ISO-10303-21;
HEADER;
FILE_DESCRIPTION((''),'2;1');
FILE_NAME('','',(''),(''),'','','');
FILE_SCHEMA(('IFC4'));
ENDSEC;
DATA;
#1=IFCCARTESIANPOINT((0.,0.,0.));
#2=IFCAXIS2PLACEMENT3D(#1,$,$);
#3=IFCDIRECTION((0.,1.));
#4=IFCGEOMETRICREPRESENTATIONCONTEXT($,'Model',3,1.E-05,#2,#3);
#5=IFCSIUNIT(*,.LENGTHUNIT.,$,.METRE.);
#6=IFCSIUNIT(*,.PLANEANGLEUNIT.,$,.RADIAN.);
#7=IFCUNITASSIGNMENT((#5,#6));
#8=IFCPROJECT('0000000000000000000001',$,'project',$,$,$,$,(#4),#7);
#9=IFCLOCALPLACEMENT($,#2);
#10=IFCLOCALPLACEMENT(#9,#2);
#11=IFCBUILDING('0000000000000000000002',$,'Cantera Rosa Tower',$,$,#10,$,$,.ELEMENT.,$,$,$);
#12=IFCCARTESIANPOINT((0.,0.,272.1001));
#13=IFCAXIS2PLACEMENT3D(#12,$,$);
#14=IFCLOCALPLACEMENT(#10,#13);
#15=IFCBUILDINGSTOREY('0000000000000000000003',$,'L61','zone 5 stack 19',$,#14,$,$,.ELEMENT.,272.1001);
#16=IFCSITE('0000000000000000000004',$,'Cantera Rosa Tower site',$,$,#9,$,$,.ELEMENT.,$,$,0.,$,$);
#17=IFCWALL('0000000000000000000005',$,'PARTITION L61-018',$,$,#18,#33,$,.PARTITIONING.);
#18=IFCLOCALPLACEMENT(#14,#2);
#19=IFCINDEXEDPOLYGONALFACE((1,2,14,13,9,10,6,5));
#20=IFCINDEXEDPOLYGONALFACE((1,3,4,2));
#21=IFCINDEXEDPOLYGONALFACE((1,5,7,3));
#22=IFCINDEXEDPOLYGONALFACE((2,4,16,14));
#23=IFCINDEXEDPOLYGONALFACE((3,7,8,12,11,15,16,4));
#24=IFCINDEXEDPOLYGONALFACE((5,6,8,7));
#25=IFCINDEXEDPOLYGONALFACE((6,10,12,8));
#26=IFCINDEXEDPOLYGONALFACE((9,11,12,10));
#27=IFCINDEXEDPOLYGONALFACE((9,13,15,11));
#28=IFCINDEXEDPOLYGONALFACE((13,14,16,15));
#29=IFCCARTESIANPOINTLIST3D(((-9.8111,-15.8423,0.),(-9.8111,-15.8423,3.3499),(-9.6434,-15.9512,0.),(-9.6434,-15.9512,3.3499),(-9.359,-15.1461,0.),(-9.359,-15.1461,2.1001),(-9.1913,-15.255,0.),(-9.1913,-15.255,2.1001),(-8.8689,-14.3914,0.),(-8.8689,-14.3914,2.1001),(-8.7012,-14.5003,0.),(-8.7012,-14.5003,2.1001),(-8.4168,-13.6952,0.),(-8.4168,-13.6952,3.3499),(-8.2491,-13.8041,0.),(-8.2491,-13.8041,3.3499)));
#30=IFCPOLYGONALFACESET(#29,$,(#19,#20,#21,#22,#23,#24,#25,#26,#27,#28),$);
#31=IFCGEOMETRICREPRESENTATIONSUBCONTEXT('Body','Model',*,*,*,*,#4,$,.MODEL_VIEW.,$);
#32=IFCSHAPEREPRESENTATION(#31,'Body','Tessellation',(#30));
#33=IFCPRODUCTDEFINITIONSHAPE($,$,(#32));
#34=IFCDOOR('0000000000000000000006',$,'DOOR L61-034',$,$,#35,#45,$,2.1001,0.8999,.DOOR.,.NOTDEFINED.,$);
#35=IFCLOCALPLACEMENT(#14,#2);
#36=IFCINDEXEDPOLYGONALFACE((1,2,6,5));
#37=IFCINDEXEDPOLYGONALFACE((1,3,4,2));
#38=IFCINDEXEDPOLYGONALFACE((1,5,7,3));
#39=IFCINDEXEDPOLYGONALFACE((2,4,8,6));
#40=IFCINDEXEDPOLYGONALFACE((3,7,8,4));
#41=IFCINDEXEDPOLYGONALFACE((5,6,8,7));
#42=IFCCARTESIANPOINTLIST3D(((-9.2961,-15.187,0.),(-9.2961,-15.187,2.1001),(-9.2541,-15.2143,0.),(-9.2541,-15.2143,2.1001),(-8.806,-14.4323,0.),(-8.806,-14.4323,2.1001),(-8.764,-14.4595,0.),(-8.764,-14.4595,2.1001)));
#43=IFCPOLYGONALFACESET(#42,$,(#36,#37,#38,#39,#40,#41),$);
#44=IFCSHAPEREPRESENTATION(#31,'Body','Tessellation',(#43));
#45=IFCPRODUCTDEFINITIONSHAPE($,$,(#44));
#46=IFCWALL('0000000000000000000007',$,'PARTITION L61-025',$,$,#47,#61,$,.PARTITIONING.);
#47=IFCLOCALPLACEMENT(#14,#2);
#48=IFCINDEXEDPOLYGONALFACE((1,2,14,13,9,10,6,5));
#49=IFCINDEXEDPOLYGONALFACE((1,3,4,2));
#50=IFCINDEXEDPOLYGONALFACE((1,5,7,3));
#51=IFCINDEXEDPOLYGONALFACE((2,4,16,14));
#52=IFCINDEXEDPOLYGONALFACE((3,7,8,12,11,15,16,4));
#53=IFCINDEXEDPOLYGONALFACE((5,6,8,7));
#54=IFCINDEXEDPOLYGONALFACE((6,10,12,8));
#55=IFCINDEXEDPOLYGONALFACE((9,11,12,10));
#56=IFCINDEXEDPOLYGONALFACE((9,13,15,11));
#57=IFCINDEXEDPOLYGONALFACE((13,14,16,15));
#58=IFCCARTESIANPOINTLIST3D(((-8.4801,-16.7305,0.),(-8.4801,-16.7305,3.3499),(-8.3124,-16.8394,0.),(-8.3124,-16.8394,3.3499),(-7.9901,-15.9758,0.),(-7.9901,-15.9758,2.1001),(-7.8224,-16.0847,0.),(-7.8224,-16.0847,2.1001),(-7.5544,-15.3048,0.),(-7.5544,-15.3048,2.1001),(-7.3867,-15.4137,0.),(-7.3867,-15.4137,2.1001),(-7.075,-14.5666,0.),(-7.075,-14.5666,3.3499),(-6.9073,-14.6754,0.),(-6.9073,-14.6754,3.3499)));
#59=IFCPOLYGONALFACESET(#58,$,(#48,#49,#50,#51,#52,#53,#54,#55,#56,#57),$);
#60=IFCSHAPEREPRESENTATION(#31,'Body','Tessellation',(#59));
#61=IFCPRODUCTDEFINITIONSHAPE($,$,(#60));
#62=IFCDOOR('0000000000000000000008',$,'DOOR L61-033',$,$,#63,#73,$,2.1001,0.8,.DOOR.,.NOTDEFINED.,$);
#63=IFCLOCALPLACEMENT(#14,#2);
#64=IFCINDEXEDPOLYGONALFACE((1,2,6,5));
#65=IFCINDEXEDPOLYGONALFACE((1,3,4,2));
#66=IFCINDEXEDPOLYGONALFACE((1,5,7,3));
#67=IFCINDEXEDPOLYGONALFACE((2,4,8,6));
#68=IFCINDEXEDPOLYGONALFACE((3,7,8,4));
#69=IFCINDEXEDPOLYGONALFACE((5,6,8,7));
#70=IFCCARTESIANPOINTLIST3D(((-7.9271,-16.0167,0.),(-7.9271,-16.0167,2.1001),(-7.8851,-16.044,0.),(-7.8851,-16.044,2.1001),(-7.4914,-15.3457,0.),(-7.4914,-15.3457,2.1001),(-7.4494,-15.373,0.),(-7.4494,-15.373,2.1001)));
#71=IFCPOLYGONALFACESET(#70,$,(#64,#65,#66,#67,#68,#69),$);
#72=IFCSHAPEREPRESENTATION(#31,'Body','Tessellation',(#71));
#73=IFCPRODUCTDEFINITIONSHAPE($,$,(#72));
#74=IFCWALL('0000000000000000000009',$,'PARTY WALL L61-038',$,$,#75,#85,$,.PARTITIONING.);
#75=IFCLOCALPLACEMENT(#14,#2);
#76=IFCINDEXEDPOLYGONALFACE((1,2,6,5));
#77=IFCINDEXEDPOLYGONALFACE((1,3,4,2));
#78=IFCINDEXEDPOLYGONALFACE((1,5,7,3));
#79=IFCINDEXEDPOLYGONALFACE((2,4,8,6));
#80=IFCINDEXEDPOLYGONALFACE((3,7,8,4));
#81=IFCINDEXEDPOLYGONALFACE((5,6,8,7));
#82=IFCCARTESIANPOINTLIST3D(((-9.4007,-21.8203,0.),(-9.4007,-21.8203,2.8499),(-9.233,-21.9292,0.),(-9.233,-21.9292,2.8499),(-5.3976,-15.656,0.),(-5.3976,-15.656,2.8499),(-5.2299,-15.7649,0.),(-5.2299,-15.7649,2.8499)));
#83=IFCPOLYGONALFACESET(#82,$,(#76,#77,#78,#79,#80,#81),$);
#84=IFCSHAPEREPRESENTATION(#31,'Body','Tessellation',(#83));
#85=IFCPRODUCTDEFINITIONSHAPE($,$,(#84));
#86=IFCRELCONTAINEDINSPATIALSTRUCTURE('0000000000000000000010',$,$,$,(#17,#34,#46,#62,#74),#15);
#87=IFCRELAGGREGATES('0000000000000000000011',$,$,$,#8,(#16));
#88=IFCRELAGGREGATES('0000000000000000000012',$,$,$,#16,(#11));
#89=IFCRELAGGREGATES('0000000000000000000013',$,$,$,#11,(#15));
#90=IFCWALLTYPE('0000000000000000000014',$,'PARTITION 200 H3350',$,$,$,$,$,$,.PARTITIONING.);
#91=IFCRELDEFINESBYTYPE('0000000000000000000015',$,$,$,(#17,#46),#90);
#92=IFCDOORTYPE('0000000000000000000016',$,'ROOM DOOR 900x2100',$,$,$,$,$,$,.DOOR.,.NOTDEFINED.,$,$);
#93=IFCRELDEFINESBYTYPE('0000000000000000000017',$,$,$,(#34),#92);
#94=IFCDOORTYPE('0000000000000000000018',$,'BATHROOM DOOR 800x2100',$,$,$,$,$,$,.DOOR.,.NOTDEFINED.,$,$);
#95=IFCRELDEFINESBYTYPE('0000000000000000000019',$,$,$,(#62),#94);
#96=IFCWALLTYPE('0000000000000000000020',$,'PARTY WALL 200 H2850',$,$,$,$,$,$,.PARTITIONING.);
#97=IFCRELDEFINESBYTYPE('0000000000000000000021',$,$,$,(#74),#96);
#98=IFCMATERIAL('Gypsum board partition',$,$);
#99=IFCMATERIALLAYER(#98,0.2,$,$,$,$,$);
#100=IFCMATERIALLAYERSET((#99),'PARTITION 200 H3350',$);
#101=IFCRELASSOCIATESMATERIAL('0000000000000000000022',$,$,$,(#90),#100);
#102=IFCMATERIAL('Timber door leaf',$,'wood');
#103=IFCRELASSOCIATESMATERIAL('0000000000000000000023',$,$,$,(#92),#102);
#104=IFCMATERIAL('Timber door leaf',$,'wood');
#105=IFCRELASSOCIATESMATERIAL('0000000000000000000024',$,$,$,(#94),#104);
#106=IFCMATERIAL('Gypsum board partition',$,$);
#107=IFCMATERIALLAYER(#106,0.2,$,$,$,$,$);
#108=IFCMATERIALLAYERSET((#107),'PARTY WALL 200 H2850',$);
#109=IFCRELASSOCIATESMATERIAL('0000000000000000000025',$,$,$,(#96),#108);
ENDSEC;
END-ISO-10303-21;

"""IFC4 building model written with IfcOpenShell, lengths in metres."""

from ifc_helpers import new_model, si_unit, direction, frame, frame_2d, origin, place, context, subcontext, project, spatial, rectangle, extrude, material, layer, layer_set, type_object, element, fill, save


model = new_model("IFC4")

# Units and contexts
model_context = context("Model", 3, precision=1e-05, world=origin(), true_north=direction((0.0, 1.0)))
body_context = subcontext(model_context, "Body", "Model", "MODEL_VIEW")
ifc_project = project(units=[si_unit("LENGTHUNIT", "METRE"), si_unit("PLANEANGLEUNIT", "RADIAN")], contexts=[model_context])

# Site, building, storey
site_placement = place(None, origin())
site = spatial("IfcSite", under=ifc_project, at=site_placement, Name="Cantera Rosa Tower site", CompositionType="ELEMENT", RefElevation=0.0)
building_placement = place(site_placement, origin())
building = spatial("IfcBuilding", under=site, at=building_placement, Name="Cantera Rosa Tower", CompositionType="ELEMENT")
storey_placement = place(building_placement, frame((0.0, 0.0, 272.1001)))
storey = spatial("IfcBuildingStorey", under=building, at=storey_placement, Name="L61", Description="zone 5 stack 19", CompositionType="ELEMENT", Elevation=272.1001)

# Walls, openings, doors
ifc_material_1 = material(Name="Gypsum board partition")
ifc_layer_1 = layer(ifc_material_1, 0.2)
ifc_layer_set_1 = layer_set([ifc_layer_1], Name="PARTITION 200 H3350")
wall_type_1 = type_object("IfcWallType", Name="PARTITION 200 H3350", PredefinedType="PARTITIONING", material=ifc_layer_set_1)
wall_1_placement = place(storey_placement, frame((-9.7273, -15.8967, 0.0), z_axis=(0.0, 0.0, 1.0), x_axis=(0.544646, 0.838666, 0.0)))
wall_1 = element("IfcWall", 1, at=wall_1_placement, inside=storey, type_object=wall_type_1, Name="PARTITION L61-018", PredefinedType="PARTITIONING", context=body_context, shape_type="SweptSolid", body=[
    extrude(rectangle(XDim=2.5601, YDim=0.2, at=frame_2d((1.28, 0.0))), origin(), (0.0, 0.0, 1.0), 3.3499),
])
opening_1_placement = place(wall_1_placement, frame((0.8301, 0.0, 0.0)))
opening_1 = element("IfcOpeningElement", 2, at=opening_1_placement, cuts=wall_1, PredefinedType="OPENING", context=body_context, shape_type="SweptSolid", body=[
    extrude(rectangle(XDim=0.8999, YDim=2.1001, at=frame_2d((0.45, 1.05))), frame((0.0, 0.1099, 0.0), z_axis=(0.0, -1.0, 0.0), x_axis=(1.0, 0.0, 0.0)), (0.0, 0.0, 1.0), 0.22),
])
ifc_material_2 = material(Name="Timber door leaf", Category="wood")
door_type_1 = type_object("IfcDoorType", Name="ROOM DOOR 900x2100", OperationType="NOTDEFINED", PredefinedType="DOOR", material=ifc_material_2)
door_1_placement = place(opening_1_placement, origin())
door_1 = element("IfcDoor", 3, at=door_1_placement, inside=storey, type_object=door_type_1, Name="DOOR L61-034", OperationType="NOTDEFINED", OverallHeight=2.1001, OverallWidth=0.8999, PredefinedType="DOOR", context=body_context, shape_type="SweptSolid", body=[
    extrude(rectangle(XDim=0.8999, YDim=2.1001, at=frame_2d((0.45, 1.05))), frame((0.0, 0.0249, 0.0), z_axis=(0.0, -1.0, 0.0), x_axis=(1.0, 0.0, 0.0)), (0.0, 0.0, 1.0), 0.05),
])
fill(opening_1, door_1)
wall_2_placement = place(storey_placement, frame((-8.3962, -16.7849, 0.0), z_axis=(0.0, 0.0, 1.0), x_axis=(0.544592, 0.838701, 0.0)))
wall_2 = element("IfcWall", 4, at=wall_2_placement, inside=storey, type_object=wall_type_1, Name="PARTITION L61-025", PredefinedType="PARTITIONING", context=body_context, shape_type="SweptSolid", body=[
    extrude(rectangle(XDim=2.5801, YDim=0.2, at=frame_2d((1.29, 0.0))), origin(), (0.0, 0.0, 1.0), 3.3499),
])
opening_2_placement = place(wall_2_placement, frame((0.8999, 0.0, 0.0)))
opening_2 = element("IfcOpeningElement", 5, at=opening_2_placement, cuts=wall_2, PredefinedType="OPENING", context=body_context, shape_type="SweptSolid", body=[
    extrude(rectangle(XDim=0.8, YDim=2.1001, at=frame_2d((0.3999, 1.05))), frame((0.0, 0.1099, 0.0), z_axis=(0.0, -1.0, 0.0), x_axis=(1.0, 0.0, 0.0)), (0.0, 0.0, 1.0), 0.22),
])
ifc_material_3 = material(Name="Timber door leaf", Category="wood")
door_type_2 = type_object("IfcDoorType", Name="BATHROOM DOOR 800x2100", OperationType="NOTDEFINED", PredefinedType="DOOR", material=ifc_material_3)
door_2_placement = place(opening_2_placement, origin())
door_2 = element("IfcDoor", 6, at=door_2_placement, inside=storey, type_object=door_type_2, Name="DOOR L61-033", OperationType="NOTDEFINED", OverallHeight=2.1001, OverallWidth=0.8, PredefinedType="DOOR", context=body_context, shape_type="SweptSolid", body=[
    extrude(rectangle(XDim=0.8, YDim=2.1001, at=frame_2d((0.3999, 1.05))), frame((0.0, 0.0249, 0.0), z_axis=(0.0, -1.0, 0.0), x_axis=(1.0, 0.0, 0.0)), (0.0, 0.0, 1.0), 0.05),
])
fill(opening_2, door_2)

# Wall
ifc_material_4 = material(Name="Gypsum board partition")
ifc_layer_2 = layer(ifc_material_4, 0.2)
ifc_layer_set_2 = layer_set([ifc_layer_2], Name="PARTY WALL 200 H2850")
wall_type_2 = type_object("IfcWallType", Name="PARTY WALL 200 H2850", PredefinedType="PARTITIONING", material=ifc_layer_set_2)
wall_3_placement = place(storey_placement, frame((-5.3137, -15.7104, 0.0), z_axis=(0.0, 0.0, 1.0), x_axis=(-0.544642, -0.838669, 0.0)))
element("IfcWall", 7, at=wall_3_placement, inside=storey, type_object=wall_type_2, Name="PARTY WALL L61-038", PredefinedType="PARTITIONING", context=body_context, shape_type="SweptSolid", body=[
    extrude(rectangle(XDim=7.3501, YDim=0.2, at=frame_2d((3.675, 0.0))), origin(), (0.0, 0.0, 1.0), 2.8499),
])

save(model, "model.ifc")
